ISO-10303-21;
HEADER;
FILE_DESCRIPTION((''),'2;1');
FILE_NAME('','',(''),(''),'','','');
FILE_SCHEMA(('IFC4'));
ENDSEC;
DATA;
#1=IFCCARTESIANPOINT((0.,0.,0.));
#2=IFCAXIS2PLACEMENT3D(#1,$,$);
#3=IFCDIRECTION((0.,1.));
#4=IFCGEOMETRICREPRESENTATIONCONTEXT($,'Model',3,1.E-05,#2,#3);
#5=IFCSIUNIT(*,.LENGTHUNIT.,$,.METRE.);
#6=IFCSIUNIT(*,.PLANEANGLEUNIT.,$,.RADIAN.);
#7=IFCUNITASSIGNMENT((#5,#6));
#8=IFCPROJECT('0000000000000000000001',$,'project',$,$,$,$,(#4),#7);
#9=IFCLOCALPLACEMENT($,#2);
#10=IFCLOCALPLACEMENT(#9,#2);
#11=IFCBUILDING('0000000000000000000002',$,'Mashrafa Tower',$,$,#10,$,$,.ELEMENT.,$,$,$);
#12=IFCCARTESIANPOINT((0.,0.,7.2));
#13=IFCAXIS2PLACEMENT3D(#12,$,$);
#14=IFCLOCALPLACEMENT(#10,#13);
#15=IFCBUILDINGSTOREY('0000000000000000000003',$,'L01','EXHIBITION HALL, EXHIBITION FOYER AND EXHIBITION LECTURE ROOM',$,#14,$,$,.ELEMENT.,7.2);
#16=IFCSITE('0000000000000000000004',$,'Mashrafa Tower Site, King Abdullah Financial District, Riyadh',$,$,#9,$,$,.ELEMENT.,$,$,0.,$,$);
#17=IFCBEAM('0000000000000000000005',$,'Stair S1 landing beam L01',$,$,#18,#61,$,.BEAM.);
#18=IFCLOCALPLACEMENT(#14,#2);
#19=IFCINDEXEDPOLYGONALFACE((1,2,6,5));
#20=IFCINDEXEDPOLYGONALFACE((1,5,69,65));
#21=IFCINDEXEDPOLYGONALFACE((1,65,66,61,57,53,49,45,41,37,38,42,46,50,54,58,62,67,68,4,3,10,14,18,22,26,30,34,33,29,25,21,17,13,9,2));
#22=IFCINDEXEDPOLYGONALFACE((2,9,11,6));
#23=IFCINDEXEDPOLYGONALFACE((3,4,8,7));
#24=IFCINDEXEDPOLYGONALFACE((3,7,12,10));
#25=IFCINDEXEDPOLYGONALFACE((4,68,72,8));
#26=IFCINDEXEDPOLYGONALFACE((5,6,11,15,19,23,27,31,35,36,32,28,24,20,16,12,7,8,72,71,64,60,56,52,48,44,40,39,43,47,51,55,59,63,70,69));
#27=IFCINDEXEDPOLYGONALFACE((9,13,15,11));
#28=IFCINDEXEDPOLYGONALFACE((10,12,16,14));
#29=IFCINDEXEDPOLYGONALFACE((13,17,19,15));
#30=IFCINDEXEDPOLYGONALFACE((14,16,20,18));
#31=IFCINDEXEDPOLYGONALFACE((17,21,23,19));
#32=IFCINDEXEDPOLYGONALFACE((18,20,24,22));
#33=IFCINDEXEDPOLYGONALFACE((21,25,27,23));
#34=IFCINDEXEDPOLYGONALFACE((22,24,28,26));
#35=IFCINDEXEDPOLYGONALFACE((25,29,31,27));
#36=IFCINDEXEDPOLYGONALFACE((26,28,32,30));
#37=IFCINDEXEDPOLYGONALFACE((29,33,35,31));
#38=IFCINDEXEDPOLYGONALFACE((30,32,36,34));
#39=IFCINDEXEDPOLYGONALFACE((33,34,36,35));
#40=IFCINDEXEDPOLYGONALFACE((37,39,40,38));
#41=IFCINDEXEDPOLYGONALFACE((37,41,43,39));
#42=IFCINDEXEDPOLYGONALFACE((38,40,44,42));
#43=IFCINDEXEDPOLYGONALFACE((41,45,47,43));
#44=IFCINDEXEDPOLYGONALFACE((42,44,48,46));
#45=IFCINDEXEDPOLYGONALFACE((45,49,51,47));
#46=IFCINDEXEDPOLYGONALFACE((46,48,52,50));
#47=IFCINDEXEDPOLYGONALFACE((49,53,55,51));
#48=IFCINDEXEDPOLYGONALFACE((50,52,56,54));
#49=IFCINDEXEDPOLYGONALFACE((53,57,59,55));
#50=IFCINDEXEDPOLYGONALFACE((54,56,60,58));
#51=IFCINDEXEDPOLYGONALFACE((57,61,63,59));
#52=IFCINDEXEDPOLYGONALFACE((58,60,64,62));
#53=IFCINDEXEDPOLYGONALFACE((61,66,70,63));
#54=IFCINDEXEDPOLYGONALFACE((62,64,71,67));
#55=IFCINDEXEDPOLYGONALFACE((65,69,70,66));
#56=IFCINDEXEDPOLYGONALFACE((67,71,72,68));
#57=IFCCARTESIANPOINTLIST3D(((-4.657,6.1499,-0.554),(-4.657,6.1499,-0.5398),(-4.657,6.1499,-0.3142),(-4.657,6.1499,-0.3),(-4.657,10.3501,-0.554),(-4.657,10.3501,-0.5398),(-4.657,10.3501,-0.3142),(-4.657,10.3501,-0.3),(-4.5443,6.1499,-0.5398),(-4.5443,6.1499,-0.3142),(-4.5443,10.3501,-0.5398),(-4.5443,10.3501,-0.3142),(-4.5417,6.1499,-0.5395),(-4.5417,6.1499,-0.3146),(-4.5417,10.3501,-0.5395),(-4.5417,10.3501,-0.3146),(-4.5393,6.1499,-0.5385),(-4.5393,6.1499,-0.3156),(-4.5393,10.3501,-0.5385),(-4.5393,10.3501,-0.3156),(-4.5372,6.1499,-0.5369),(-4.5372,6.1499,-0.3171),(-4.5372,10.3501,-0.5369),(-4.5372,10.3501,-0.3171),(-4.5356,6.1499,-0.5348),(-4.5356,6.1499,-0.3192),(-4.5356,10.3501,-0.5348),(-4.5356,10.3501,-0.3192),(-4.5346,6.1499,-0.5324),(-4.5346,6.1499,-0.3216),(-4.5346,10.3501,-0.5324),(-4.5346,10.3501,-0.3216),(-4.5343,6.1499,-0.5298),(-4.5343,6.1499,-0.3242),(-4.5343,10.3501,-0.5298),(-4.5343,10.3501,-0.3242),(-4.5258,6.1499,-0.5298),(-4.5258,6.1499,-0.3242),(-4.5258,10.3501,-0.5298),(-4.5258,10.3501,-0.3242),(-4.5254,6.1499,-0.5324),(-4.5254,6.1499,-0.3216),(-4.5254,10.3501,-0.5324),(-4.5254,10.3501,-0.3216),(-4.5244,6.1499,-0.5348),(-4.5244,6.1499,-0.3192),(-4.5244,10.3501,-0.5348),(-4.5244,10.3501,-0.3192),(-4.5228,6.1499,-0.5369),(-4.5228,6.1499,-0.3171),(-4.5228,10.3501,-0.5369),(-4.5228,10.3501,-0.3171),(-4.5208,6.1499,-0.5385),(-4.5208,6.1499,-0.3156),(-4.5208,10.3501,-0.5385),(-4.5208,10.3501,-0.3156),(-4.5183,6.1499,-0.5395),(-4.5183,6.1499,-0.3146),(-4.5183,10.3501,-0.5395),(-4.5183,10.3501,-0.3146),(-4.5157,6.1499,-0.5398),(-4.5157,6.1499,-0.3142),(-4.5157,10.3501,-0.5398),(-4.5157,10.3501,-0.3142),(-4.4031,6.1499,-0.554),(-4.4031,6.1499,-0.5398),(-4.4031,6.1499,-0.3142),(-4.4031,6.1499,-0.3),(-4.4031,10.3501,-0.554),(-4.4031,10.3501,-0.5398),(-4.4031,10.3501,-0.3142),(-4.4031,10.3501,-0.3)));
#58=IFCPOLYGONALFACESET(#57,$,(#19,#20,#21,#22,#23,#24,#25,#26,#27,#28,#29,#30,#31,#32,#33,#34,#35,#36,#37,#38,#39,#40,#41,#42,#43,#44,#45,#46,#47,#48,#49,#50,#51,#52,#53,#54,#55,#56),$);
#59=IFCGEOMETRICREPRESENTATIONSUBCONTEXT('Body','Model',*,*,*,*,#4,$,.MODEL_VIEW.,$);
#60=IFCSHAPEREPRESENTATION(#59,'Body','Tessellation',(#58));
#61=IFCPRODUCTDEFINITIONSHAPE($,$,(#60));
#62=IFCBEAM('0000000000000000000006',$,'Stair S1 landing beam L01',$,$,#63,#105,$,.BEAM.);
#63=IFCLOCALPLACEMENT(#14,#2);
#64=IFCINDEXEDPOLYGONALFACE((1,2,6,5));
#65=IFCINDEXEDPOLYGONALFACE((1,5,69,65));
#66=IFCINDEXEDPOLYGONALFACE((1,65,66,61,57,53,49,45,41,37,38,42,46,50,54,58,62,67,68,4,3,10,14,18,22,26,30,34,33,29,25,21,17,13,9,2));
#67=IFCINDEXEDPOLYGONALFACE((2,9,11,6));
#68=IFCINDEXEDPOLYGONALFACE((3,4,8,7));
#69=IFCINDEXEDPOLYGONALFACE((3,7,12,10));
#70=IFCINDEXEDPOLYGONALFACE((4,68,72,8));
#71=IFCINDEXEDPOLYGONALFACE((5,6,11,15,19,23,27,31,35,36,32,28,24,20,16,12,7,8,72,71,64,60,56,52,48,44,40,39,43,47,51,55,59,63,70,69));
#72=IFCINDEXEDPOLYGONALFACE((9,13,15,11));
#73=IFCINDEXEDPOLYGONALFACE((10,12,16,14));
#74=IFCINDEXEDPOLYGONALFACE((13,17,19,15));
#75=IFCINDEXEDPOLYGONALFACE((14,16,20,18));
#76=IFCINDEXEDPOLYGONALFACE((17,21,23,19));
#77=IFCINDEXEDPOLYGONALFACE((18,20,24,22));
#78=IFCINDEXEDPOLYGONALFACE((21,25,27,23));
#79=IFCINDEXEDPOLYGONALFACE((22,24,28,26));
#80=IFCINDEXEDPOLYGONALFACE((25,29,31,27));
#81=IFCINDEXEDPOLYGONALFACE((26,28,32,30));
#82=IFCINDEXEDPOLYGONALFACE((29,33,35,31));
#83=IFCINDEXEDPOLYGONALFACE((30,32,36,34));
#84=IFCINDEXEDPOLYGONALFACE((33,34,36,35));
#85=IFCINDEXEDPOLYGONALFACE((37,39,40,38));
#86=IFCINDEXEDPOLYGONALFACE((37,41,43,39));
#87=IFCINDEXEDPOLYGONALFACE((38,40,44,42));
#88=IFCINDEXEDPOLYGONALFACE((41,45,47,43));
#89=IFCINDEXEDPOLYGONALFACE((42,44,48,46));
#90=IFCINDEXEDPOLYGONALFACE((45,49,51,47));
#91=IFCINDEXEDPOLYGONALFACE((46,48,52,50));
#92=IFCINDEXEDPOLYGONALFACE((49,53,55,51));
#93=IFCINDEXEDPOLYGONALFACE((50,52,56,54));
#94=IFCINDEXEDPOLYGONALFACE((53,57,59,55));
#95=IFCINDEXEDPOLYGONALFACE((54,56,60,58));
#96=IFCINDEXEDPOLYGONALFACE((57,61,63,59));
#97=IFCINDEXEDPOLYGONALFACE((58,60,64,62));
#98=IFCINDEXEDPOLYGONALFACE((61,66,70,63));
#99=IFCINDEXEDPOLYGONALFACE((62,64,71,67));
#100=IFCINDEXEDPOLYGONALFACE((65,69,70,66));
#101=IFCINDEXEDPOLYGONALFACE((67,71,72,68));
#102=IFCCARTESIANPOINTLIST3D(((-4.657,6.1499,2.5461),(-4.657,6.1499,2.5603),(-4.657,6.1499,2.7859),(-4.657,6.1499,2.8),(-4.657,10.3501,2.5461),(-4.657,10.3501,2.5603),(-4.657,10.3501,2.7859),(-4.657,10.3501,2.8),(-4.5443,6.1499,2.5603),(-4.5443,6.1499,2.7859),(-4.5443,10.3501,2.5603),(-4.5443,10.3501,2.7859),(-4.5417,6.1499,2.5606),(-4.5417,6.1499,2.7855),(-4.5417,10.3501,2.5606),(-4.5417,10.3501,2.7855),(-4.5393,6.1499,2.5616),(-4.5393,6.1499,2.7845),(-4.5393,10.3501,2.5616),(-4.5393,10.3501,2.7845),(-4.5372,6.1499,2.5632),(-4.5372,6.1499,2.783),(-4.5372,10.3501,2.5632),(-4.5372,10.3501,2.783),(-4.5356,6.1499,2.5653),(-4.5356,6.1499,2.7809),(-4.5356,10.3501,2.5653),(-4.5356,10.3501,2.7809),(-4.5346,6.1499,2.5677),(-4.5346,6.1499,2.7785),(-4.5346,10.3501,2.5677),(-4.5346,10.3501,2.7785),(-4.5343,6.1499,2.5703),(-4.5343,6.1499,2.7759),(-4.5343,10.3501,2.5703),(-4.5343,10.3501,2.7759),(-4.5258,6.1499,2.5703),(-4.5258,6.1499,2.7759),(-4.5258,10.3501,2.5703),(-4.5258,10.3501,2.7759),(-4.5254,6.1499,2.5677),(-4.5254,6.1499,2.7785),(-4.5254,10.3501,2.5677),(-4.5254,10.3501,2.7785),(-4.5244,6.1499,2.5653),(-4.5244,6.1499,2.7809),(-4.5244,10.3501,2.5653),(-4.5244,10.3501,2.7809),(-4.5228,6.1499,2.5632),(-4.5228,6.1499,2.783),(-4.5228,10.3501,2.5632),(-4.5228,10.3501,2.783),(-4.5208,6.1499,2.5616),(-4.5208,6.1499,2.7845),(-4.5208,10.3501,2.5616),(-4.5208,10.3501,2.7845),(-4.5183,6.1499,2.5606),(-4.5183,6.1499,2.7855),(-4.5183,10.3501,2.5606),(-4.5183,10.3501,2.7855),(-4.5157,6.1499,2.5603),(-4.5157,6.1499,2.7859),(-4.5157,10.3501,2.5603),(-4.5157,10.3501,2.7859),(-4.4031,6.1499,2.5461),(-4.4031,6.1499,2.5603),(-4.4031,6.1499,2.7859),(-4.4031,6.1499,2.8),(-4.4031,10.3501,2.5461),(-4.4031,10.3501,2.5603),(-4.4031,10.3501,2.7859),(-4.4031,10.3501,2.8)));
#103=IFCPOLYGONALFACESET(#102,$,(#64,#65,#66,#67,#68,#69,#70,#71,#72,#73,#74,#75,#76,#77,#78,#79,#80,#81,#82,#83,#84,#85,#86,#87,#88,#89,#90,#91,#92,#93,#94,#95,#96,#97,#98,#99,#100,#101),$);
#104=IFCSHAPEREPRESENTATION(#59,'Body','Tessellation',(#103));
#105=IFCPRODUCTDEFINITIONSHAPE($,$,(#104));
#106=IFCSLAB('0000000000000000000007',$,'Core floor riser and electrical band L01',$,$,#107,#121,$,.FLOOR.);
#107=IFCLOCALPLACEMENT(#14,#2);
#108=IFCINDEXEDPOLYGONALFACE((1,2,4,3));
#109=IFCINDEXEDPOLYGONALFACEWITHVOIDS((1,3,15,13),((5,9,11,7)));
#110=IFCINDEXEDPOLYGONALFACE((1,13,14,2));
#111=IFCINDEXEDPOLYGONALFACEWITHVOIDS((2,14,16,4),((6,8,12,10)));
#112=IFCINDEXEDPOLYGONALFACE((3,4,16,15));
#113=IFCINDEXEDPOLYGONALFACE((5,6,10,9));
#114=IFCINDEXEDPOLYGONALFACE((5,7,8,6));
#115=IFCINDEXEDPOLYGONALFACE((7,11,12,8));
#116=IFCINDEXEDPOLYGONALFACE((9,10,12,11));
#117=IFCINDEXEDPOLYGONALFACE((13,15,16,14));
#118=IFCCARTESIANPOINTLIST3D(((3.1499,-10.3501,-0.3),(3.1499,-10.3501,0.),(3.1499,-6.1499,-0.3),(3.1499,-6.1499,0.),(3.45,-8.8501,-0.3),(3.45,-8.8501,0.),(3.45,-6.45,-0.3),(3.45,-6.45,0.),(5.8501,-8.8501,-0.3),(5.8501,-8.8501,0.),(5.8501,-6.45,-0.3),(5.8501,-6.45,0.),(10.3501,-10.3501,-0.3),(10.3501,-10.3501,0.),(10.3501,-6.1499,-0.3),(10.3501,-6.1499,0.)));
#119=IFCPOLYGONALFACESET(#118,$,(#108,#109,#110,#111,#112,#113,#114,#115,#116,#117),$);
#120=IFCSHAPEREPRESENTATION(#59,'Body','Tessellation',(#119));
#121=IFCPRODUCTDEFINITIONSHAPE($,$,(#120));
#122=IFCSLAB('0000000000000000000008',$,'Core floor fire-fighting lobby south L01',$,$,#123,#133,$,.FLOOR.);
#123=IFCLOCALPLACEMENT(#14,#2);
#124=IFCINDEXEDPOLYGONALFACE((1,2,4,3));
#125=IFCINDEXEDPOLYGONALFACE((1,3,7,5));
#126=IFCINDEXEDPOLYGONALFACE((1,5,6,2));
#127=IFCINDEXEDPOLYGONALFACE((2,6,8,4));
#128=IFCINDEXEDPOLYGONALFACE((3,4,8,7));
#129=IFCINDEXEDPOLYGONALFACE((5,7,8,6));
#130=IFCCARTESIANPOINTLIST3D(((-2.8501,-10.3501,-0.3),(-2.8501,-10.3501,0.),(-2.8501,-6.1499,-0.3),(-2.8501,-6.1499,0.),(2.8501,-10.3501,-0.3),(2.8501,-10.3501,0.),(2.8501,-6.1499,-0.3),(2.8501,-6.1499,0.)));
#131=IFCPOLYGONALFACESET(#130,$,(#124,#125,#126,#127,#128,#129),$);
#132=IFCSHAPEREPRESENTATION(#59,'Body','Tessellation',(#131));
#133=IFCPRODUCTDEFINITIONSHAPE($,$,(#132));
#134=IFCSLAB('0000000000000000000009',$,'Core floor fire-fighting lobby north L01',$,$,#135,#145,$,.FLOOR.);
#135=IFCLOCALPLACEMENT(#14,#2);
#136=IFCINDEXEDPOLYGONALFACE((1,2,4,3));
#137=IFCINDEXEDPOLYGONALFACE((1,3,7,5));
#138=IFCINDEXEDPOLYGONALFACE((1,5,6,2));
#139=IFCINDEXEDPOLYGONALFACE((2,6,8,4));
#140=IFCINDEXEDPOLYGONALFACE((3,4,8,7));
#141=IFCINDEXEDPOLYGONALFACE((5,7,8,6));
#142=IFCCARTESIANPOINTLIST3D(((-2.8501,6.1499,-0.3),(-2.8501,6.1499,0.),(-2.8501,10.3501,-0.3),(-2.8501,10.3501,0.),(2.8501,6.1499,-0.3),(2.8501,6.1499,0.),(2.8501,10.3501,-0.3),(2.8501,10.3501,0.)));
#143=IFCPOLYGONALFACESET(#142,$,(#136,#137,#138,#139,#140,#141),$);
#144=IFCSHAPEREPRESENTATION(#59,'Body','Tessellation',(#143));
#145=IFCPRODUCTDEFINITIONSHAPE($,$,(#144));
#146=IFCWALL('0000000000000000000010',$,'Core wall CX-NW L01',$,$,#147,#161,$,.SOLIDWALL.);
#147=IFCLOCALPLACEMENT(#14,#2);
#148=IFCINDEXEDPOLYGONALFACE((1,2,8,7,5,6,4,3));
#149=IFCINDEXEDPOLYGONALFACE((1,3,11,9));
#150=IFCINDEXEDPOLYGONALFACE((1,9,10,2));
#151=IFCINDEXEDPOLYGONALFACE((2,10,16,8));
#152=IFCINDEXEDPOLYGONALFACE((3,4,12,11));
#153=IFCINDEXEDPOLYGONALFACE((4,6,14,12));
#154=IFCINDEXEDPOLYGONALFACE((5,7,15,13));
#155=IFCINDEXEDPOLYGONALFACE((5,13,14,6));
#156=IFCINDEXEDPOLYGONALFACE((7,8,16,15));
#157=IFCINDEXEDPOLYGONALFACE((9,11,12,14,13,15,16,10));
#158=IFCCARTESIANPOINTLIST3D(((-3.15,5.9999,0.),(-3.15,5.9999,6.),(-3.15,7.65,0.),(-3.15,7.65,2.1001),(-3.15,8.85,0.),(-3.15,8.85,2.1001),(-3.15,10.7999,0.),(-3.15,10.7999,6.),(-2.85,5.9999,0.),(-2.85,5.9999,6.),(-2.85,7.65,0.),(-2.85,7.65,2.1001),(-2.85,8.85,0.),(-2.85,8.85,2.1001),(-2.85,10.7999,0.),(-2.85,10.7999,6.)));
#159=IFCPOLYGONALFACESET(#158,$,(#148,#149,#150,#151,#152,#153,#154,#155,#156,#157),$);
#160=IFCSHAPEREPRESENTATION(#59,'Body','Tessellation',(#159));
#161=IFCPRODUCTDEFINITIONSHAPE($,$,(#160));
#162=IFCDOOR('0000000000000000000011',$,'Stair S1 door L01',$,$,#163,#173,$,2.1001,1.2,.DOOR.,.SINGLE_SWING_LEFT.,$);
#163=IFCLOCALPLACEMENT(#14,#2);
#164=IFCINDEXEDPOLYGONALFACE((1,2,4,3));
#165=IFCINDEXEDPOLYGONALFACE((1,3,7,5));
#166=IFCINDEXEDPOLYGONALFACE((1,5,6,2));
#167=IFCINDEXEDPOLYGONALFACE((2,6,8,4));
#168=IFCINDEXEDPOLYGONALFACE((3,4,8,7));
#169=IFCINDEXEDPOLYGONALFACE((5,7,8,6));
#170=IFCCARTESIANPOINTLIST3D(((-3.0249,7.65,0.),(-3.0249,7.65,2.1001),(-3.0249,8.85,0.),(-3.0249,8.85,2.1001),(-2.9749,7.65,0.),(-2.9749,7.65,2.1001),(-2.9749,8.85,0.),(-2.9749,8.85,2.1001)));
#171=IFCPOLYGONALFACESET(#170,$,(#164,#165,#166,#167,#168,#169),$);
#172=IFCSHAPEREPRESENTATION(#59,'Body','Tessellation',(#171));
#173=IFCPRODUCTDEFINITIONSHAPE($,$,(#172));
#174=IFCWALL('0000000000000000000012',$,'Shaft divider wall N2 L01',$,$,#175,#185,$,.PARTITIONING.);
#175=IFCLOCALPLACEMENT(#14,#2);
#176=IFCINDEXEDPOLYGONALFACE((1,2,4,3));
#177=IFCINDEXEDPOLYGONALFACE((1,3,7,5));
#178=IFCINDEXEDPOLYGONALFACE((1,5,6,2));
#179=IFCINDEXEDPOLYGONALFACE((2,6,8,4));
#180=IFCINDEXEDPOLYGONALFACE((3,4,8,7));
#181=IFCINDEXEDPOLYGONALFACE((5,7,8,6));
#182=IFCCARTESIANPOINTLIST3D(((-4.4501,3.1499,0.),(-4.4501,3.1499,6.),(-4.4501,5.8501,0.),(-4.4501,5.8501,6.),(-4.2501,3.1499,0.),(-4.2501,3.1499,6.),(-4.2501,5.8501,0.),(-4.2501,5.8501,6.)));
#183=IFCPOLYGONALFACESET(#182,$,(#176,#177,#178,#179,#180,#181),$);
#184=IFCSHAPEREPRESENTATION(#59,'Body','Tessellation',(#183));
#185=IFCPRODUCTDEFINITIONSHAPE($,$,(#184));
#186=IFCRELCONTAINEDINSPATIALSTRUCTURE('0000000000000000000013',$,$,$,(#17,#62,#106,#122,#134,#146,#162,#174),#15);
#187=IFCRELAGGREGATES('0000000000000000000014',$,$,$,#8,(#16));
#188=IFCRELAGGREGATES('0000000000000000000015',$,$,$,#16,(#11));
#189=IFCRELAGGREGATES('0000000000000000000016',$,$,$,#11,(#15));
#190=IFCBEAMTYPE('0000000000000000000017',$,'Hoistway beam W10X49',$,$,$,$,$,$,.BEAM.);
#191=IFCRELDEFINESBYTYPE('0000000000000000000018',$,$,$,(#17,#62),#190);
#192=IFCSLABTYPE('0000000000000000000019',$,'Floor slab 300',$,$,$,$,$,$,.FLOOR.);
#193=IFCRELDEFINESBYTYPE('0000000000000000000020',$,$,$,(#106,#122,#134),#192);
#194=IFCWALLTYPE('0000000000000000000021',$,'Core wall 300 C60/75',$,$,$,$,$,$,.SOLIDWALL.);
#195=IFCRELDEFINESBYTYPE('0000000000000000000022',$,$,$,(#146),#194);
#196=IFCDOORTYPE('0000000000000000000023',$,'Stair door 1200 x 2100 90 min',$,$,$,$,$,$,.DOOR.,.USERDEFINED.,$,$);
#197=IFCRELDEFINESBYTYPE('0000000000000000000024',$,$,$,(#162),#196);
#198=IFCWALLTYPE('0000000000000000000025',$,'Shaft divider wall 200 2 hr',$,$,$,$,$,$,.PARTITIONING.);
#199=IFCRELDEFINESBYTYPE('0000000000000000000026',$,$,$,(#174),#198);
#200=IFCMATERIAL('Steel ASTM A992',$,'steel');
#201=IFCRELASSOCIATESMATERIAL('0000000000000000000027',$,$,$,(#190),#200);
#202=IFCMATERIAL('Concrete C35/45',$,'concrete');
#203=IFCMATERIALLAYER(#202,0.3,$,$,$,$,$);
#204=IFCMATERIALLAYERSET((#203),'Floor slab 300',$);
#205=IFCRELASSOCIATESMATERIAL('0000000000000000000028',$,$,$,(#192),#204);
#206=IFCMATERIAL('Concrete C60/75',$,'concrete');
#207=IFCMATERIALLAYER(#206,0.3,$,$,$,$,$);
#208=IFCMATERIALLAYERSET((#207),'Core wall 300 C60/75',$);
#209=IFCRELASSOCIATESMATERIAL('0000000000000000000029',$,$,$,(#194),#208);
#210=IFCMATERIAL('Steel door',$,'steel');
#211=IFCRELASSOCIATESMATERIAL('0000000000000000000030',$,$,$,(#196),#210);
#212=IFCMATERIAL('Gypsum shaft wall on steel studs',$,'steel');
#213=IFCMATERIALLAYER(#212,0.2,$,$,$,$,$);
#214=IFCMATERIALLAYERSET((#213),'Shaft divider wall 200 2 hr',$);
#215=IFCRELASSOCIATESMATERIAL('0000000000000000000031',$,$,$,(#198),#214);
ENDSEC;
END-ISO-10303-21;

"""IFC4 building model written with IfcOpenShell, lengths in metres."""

from ifc_helpers import new_model, si_unit, direction, frame, frame_2d, origin, origin_2d, place, context, subcontext, project, spatial, polyline, rectangle, i_section, outline, extrude, material, layer, layer_set, material_profile, profile_set, type_object, element, fill, save


model = new_model("IFC4")

# Units and contexts
model_context = context("Model", 3, precision=1e-05, world=origin(), true_north=direction((0.0, 1.0)))
body_context = subcontext(model_context, "Body", "Model", "MODEL_VIEW")
ifc_project = project(units=[si_unit("LENGTHUNIT", "METRE"), si_unit("PLANEANGLEUNIT", "RADIAN")], contexts=[model_context])

# Site, building, storey
site_placement = place(None, origin())
site = spatial("IfcSite", under=ifc_project, at=site_placement, Name="Mashrafa Tower Site, King Abdullah Financial District, Riyadh", CompositionType="ELEMENT", RefElevation=0.0)
building_placement = place(site_placement, origin())
building = spatial("IfcBuilding", under=site, at=building_placement, Name="Mashrafa Tower", CompositionType="ELEMENT")
storey_placement = place(building_placement, frame((0.0, 0.0, 7.2)))
storey = spatial("IfcBuildingStorey", under=building, at=storey_placement, Name="L01", Description="EXHIBITION HALL, EXHIBITION FOYER AND EXHIBITION LECTURE ROOM", CompositionType="ELEMENT", Elevation=7.2)

# Beams
ifc_material_1 = material(Name="Steel ASTM A992", Category="steel")
ifc_material_profile = material_profile(ifc_material_1, i_section(OverallWidth=0.2539, OverallDepth=0.2539, WebThickness=0.0085, FlangeThickness=0.0142, FilletRadius=0.01, at=origin_2d()), Name="W10X49")
ifc_profile_set = profile_set([ifc_material_profile], Name="Steel ASTM A992")
beam_type = type_object("IfcBeamType", Name="Hoistway beam W10X49", PredefinedType="BEAM", material=ifc_profile_set)
for number, where, z_axis, x_axis, name in (
    (1, (-4.53, 6.1499, -0.427), (0.0, 1.0, 0.0), (-1.0, 0.0, 0.0), "Stair S1 landing beam L01"),
    (2, (-4.53, 6.1499, 2.6731), (0.0, 1.0, 0.0), (-1.0, 0.0, 0.0), "Stair S1 landing beam L01"),
):
    element("IfcBeam", number, at=place(storey_placement, frame(where, z_axis=z_axis, x_axis=x_axis)), inside=storey, type_object=beam_type, Name=name, PredefinedType="BEAM", context=body_context, shape_type="SweptSolid", body=[
        extrude(i_section(OverallWidth=0.2539, OverallDepth=0.2539, WebThickness=0.0085, FlangeThickness=0.0142, FilletRadius=0.01, at=origin_2d()), origin(), (0.0, 0.0, 1.0), 4.2002),
    ])

# Slabs
ifc_material_2 = material(Name="Concrete C35/45", Category="concrete")
ifc_layer_1 = layer(ifc_material_2, 0.3)
ifc_layer_set_1 = layer_set([ifc_layer_1], Name="Floor slab 300")
slab_type = type_object("IfcSlabType", Name="Floor slab 300", PredefinedType="FLOOR", material=ifc_layer_set_1)
slab_1_placement = place(storey_placement, frame((0.0, 0.0, -0.3)))
element("IfcSlab", 3, at=slab_1_placement, inside=storey, type_object=slab_type, Name="Core floor riser and electrical band L01", PredefinedType="FLOOR", context=body_context, shape_type="SweptSolid", body=[
    extrude(outline(polyline([(10.3501, -6.1499), (10.3501, -10.3501), (3.1499, -10.3501), (3.1499, -6.1499), (10.3501, -6.1499)]), holes=[polyline([(3.45, -6.45), (3.45, -8.8501), (5.8501, -8.8501), (5.8501, -6.45), (3.45, -6.45)])]), origin(), (0.0, 0.0, 1.0), 0.3),
])
slab_2_placement = place(storey_placement, frame((0.0, 0.0, -0.3)))
element("IfcSlab", 4, at=slab_2_placement, inside=storey, type_object=slab_type, Name="Core floor fire-fighting lobby south L01", PredefinedType="FLOOR", context=body_context, shape_type="SweptSolid", body=[
    extrude(outline(polyline([(2.8501, -6.1499), (2.8501, -10.3501), (-2.8501, -10.3501), (-2.8501, -6.1499), (2.8501, -6.1499)])), origin(), (0.0, 0.0, 1.0), 0.3),
])
slab_3_placement = place(storey_placement, frame((0.0, 0.0, -0.3)))
element("IfcSlab", 5, at=slab_3_placement, inside=storey, type_object=slab_type, Name="Core floor fire-fighting lobby north L01", PredefinedType="FLOOR", context=body_context, shape_type="SweptSolid", body=[
    extrude(outline(polyline([(-2.8501, 10.3501), (2.8501, 10.3501), (2.8501, 6.1499), (-2.8501, 6.1499), (-2.8501, 10.3501)])), origin(), (0.0, 0.0, 1.0), 0.3),
])

# Wall, opening, door
ifc_material_3 = material(Name="Concrete C60/75", Category="concrete")
ifc_layer_2 = layer(ifc_material_3, 0.3)
ifc_layer_set_2 = layer_set([ifc_layer_2], Name="Core wall 300 C60/75")
wall_type_1 = type_object("IfcWallType", Name="Core wall 300 C60/75", PredefinedType="SOLIDWALL", material=ifc_layer_set_2)
wall_placement = place(storey_placement, frame((-3.0, 6.0, 0.0), z_axis=(0.0, 0.0, 1.0), x_axis=(0.0, 1.0, 0.0)))
wall = element("IfcWall", 6, at=wall_placement, inside=storey, type_object=wall_type_1, Name="Core wall CX-NW L01", PredefinedType="SOLIDWALL", context=body_context, shape_type="SweptSolid", body=[
    extrude(rectangle(XDim=4.8, YDim=0.3, at=frame_2d((2.3999, 0.0))), origin(), (0.0, 0.0, 1.0), 6.0),
])
opening_placement = place(wall_placement, frame((1.6499, 0.0, 0.0)))
opening = element("IfcOpeningElement", 7, at=opening_placement, cuts=wall, PredefinedType="OPENING", context=body_context, shape_type="SweptSolid", body=[
    extrude(rectangle(XDim=1.2, YDim=2.1001, at=frame_2d((0.6001, 1.05))), frame((0.0, 0.1599, 0.0), z_axis=(0.0, -1.0, 0.0), x_axis=(1.0, 0.0, 0.0)), (0.0, 0.0, 1.0), 0.3201),
])
ifc_material_4 = material(Name="Steel door", Category="steel")
door_type = type_object("IfcDoorType", Name="Stair door 1200 x 2100 90 min", OperationType="USERDEFINED", PredefinedType="DOOR", material=ifc_material_4)
door_placement = place(opening_placement, origin())
door = element("IfcDoor", 8, at=door_placement, inside=storey, type_object=door_type, Name="Stair S1 door L01", OperationType="SINGLE_SWING_LEFT", OverallHeight=2.1001, OverallWidth=1.2, PredefinedType="DOOR", context=body_context, shape_type="SweptSolid", body=[
    extrude(rectangle(XDim=1.2, YDim=2.1001, at=frame_2d((0.6001, 1.05))), frame((0.0, 0.0249, 0.0), z_axis=(0.0, -1.0, 0.0), x_axis=(1.0, 0.0, 0.0)), (0.0, 0.0, 1.0), 0.05),
])
fill(opening, door)

# Wall
ifc_material_5 = material(Name="Gypsum shaft wall on steel studs", Category="steel")
ifc_layer_3 = layer(ifc_material_5, 0.2)
ifc_layer_set_3 = layer_set([ifc_layer_3], Name="Shaft divider wall 200 2 hr")
wall_type_2 = type_object("IfcWallType", Name="Shaft divider wall 200 2 hr", PredefinedType="PARTITIONING", material=ifc_layer_set_3)
for number, where, z_axis, x_axis, name in (
    (9, (-4.3501, 3.1499, 0.0), (0.0, 0.0, 1.0), (0.0, 1.0, 0.0), "Shaft divider wall N2 L01"),
):
    element("IfcWall", number, at=place(storey_placement, frame(where, z_axis=z_axis, x_axis=x_axis)), inside=storey, type_object=wall_type_2, Name=name, PredefinedType="PARTITIONING", context=body_context, shape_type="SweptSolid", body=[
        extrude(rectangle(XDim=2.7002, YDim=0.2, at=frame_2d((1.3501, 0.0))), origin(), (0.0, 0.0, 1.0), 6.0),
    ])

save(model, "model.ifc")
